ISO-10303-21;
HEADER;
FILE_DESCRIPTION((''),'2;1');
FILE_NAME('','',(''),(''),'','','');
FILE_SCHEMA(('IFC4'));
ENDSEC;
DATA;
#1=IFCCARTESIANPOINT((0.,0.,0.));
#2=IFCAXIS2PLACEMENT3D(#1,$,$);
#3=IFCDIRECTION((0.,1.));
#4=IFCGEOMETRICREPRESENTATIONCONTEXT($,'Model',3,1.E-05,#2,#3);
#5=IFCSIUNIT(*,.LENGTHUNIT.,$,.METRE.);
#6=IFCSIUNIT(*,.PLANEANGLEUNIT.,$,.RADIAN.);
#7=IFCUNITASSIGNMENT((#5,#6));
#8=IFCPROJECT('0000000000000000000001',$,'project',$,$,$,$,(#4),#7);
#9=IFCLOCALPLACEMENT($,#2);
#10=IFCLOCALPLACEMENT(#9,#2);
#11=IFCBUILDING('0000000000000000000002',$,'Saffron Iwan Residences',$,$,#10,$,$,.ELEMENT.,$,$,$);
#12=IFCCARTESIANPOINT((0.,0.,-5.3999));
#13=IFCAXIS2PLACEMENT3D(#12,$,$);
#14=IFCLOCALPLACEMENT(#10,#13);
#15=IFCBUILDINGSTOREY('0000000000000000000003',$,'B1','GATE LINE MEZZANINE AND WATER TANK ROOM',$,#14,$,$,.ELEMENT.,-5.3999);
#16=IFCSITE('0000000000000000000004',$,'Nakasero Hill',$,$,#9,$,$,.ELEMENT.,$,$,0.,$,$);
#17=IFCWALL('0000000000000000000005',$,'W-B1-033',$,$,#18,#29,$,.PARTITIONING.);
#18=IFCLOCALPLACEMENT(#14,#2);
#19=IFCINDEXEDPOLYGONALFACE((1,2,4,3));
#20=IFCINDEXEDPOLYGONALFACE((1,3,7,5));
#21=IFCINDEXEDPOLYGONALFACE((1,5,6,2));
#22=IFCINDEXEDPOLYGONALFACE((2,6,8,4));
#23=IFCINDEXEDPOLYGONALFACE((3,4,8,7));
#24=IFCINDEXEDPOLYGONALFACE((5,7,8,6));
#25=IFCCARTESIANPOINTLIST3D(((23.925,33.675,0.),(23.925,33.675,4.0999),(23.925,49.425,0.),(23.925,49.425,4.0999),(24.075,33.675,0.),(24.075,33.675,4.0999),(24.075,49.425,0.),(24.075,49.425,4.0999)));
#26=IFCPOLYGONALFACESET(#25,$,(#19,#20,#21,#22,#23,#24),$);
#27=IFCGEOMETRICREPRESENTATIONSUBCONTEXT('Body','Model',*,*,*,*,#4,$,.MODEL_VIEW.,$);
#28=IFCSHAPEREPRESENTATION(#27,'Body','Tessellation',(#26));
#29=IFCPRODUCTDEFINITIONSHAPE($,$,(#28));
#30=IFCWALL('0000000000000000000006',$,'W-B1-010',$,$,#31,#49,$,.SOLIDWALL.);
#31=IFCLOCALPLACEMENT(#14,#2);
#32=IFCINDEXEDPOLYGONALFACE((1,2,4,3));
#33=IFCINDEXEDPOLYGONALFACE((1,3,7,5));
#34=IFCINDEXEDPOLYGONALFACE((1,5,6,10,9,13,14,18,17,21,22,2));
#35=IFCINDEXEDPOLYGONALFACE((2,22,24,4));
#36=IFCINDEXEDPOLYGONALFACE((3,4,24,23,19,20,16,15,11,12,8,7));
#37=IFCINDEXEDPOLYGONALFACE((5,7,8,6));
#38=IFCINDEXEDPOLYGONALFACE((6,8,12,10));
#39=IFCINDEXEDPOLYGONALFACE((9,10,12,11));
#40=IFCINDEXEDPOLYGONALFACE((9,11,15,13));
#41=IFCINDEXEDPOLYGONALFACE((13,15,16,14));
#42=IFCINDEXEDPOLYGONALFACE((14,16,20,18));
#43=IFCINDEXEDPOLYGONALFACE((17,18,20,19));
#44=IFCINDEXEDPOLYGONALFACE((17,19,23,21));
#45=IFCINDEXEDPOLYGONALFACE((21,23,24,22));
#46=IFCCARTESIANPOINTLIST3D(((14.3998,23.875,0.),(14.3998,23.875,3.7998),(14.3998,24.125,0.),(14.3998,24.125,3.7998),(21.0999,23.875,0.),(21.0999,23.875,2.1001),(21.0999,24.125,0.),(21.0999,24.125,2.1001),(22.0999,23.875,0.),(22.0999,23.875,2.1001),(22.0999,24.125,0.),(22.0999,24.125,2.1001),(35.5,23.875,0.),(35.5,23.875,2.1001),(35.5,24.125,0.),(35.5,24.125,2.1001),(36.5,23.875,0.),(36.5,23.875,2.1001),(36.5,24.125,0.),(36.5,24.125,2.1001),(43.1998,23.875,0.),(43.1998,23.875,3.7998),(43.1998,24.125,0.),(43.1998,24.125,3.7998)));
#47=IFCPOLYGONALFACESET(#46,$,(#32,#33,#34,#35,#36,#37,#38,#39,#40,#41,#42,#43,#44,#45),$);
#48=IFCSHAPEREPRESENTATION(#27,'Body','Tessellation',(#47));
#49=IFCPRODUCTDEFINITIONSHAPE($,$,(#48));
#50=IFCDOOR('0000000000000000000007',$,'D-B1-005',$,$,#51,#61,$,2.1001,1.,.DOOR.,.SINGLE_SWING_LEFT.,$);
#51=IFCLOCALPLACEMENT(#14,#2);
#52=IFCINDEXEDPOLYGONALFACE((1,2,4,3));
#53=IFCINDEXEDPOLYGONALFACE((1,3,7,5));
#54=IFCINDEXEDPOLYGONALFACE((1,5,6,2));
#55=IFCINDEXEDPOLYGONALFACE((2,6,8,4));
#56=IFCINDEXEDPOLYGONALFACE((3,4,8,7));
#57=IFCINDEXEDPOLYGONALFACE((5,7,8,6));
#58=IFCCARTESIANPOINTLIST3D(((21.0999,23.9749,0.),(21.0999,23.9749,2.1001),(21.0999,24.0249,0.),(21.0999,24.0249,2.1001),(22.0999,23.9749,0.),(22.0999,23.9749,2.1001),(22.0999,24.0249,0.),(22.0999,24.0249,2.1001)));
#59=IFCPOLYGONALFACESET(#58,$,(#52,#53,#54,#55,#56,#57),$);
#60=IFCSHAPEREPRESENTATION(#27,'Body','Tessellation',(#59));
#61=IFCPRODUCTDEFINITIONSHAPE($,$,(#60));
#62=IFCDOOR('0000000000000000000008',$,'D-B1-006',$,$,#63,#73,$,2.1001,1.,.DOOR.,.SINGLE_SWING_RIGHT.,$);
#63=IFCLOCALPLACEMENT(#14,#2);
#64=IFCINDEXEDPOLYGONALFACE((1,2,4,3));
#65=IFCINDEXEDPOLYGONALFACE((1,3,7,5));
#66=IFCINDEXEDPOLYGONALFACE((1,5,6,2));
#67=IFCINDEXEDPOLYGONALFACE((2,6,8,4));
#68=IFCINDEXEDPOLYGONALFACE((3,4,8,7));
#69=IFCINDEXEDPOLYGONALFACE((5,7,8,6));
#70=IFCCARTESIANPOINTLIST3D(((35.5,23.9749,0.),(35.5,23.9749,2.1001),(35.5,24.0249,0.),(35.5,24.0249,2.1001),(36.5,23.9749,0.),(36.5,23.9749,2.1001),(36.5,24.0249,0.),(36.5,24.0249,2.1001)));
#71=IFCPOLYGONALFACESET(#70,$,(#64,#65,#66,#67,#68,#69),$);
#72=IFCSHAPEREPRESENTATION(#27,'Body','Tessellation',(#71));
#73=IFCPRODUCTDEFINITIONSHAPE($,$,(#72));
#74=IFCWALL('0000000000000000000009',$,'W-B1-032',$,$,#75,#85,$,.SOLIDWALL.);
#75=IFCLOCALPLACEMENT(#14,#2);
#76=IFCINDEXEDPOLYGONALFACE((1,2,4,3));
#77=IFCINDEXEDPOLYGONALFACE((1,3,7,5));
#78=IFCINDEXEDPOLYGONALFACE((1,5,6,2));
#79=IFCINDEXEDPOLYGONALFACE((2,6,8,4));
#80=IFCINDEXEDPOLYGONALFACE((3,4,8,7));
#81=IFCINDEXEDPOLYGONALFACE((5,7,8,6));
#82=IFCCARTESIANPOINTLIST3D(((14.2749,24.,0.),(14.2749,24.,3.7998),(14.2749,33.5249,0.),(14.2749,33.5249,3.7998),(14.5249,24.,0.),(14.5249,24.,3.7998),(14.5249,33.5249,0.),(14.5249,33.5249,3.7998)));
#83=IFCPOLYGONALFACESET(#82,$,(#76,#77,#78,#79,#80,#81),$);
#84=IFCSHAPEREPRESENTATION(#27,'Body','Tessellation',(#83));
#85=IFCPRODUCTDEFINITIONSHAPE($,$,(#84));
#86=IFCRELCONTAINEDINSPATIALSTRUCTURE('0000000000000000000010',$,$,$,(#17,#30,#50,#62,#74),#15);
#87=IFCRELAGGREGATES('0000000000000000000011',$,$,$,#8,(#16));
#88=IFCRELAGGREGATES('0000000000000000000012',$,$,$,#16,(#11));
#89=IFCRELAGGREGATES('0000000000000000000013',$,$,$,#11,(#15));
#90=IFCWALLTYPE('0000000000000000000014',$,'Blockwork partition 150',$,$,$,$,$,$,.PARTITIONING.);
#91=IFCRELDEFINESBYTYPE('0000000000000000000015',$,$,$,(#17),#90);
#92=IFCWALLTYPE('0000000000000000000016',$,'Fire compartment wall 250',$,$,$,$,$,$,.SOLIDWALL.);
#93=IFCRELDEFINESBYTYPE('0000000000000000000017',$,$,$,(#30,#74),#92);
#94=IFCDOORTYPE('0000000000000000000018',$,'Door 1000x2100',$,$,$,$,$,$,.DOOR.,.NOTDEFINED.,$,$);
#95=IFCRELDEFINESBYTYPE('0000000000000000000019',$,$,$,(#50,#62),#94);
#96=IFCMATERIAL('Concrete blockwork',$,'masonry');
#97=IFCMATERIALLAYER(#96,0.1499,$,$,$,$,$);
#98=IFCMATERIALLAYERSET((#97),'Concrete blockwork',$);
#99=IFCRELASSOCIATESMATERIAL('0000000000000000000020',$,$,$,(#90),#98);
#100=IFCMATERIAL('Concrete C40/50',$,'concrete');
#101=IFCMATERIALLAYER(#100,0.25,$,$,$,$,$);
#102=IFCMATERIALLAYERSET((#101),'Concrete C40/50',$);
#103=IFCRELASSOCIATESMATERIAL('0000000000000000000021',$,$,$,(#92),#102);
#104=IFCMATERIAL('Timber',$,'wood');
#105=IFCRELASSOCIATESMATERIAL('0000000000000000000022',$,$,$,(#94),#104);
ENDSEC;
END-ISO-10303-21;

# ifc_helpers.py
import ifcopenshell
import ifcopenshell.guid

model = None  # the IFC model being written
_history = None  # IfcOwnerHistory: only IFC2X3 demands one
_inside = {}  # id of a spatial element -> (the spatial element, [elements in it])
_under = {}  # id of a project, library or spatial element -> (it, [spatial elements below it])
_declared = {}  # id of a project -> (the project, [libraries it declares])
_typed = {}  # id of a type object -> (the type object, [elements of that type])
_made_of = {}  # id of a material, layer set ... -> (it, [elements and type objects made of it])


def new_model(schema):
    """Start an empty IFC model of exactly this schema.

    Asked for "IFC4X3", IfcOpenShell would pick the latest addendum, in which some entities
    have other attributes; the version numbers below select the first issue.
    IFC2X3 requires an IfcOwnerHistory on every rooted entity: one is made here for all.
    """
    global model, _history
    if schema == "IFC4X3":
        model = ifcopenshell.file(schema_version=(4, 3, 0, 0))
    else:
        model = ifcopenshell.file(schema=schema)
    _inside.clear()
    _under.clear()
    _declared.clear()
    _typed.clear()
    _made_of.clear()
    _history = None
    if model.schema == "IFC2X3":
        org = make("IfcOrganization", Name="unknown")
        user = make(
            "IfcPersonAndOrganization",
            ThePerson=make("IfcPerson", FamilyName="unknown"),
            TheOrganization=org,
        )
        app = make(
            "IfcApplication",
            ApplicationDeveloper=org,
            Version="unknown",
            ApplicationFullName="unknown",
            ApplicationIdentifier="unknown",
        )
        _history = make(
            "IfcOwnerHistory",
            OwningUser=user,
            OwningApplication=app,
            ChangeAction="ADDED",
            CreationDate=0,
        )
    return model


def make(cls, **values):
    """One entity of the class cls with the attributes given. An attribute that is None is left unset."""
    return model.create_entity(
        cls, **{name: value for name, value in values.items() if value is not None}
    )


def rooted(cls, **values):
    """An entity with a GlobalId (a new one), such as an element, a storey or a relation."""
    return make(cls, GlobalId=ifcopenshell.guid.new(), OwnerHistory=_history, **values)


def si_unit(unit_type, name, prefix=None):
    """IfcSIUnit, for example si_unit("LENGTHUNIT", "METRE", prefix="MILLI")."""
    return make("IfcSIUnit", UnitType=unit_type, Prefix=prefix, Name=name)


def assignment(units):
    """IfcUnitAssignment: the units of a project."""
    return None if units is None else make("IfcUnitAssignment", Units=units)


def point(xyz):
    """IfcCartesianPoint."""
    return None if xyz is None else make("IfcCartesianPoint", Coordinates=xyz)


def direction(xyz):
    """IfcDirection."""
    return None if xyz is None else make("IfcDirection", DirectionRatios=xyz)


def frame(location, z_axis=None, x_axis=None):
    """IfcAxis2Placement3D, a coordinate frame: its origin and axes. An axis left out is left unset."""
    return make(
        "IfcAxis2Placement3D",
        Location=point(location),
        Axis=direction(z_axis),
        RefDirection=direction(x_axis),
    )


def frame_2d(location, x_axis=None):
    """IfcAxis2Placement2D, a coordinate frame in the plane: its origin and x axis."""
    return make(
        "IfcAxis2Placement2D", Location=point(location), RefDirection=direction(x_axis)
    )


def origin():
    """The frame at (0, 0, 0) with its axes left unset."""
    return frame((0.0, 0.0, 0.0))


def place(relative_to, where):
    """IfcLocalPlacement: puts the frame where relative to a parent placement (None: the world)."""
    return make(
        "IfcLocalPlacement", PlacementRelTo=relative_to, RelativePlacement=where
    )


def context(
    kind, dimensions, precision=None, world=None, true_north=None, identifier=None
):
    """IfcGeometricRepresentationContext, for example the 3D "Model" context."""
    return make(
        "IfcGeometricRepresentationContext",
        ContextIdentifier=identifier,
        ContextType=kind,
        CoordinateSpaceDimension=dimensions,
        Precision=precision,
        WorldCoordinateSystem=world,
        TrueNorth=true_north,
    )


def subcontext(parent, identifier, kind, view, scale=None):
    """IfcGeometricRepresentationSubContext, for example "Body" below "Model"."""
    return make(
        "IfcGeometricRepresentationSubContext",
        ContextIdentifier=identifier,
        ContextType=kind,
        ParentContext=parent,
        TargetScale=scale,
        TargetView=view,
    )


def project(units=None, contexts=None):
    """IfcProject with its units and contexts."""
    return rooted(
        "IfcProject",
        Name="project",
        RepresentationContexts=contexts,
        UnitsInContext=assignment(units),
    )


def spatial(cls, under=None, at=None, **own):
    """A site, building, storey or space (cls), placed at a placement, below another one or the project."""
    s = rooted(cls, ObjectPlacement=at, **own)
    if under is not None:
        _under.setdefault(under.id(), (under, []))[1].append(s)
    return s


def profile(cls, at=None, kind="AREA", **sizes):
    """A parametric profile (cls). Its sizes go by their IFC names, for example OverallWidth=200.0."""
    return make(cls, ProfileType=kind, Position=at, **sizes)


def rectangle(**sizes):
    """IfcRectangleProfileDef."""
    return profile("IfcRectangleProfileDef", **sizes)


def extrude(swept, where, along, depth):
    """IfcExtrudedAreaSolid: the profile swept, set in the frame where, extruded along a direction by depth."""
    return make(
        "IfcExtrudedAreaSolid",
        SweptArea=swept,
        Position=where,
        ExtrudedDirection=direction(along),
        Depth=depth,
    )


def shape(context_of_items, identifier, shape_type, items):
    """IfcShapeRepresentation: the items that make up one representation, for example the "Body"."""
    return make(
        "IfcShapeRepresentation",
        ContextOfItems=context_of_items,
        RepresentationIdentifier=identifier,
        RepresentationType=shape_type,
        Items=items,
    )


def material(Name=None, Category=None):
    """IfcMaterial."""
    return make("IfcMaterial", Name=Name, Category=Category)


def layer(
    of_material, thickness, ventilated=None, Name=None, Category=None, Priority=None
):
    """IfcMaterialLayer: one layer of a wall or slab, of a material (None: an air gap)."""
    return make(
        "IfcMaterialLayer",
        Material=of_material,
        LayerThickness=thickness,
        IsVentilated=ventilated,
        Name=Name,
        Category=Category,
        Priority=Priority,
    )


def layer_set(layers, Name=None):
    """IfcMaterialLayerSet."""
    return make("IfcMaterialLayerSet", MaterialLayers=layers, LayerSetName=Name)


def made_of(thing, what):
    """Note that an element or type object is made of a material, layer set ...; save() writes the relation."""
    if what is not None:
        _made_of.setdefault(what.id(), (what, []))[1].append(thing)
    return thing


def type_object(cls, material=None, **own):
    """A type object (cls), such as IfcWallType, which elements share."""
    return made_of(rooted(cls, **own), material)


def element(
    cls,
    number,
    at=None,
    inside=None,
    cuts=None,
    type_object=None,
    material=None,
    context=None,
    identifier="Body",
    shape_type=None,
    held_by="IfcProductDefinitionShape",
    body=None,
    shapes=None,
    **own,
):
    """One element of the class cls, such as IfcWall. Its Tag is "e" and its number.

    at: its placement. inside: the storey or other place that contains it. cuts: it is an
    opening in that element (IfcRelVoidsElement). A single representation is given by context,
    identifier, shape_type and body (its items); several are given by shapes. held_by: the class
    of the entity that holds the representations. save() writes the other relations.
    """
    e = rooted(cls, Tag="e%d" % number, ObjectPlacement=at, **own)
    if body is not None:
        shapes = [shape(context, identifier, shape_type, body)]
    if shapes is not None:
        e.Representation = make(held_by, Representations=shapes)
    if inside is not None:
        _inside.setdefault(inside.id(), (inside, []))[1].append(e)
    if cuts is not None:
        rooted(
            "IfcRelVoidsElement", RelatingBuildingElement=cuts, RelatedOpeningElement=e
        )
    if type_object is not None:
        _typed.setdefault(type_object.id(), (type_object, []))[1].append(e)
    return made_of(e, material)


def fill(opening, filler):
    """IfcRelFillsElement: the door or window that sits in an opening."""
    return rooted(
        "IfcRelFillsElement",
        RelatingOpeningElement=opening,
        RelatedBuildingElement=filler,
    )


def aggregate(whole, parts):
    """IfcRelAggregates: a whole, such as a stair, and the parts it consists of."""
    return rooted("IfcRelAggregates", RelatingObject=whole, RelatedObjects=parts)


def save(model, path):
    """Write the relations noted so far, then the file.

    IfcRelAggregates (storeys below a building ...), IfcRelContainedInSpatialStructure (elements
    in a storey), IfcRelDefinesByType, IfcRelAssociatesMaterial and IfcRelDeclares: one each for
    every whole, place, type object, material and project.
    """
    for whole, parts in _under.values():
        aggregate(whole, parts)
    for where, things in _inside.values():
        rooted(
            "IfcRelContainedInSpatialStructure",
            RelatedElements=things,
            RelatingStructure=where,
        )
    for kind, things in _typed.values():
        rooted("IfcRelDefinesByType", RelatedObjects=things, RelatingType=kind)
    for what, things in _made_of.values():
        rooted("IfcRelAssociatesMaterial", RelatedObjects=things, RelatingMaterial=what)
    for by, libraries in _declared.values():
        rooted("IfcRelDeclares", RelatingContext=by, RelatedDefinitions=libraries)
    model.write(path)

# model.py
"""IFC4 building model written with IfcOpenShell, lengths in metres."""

from ifc_helpers import new_model, si_unit, direction, frame, frame_2d, origin, place, context, subcontext, project, spatial, rectangle, extrude, material, layer, layer_set, type_object, element, fill, save


model = new_model("IFC4")

# Units and contexts
model_context = context("Model", 3, precision=1e-05, world=origin(), true_north=direction((0.0, 1.0)))
body_context = subcontext(model_context, "Body", "Model", "MODEL_VIEW")
ifc_project = project(units=[si_unit("LENGTHUNIT", "METRE"), si_unit("PLANEANGLEUNIT", "RADIAN")], contexts=[model_context])

# Site, building, storey
site_placement = place(None, origin())
site = spatial("IfcSite", under=ifc_project, at=site_placement, Name="Nakasero Hill", CompositionType="ELEMENT", RefElevation=0.0)
building_placement = place(site_placement, origin())
building = spatial("IfcBuilding", under=site, at=building_placement, Name="Saffron Iwan Residences", CompositionType="ELEMENT")
storey_placement = place(building_placement, frame((0.0, 0.0, -5.3999)))
storey = spatial("IfcBuildingStorey", under=building, at=storey_placement, Name="B1", Description="GATE LINE MEZZANINE AND WATER TANK ROOM", CompositionType="ELEMENT", Elevation=-5.3999)

# Shared definitions
ifc_material_1 = material(Name="Concrete C40/50", Category="concrete")

# Wall
ifc_material_2 = material(Name="Concrete blockwork", Category="masonry")
ifc_layer_1 = layer(ifc_material_2, 0.1499)
ifc_layer_set_1 = layer_set([ifc_layer_1], Name="Concrete blockwork")
wall_type_1 = type_object("IfcWallType", Name="Blockwork partition 150", PredefinedType="PARTITIONING", material=ifc_layer_set_1)
wall_1_placement = place(storey_placement, frame((24.0, 33.675, 0.0), z_axis=(0.0, 0.0, 1.0), x_axis=(0.0, 1.0, 0.0)))
element("IfcWall", 1, at=wall_1_placement, inside=storey, type_object=wall_type_1, Name="W-B1-033", PredefinedType="PARTITIONING", context=body_context, shape_type="SweptSolid", body=[
    extrude(rectangle(XDim=15.75, YDim=0.1499, at=frame_2d((7.875, 0.0))), origin(), (0.0, 0.0, 1.0), 4.0999),
])

# Wall, openings, doors
ifc_layer_2 = layer(ifc_material_1, 0.25)
ifc_layer_set_2 = layer_set([ifc_layer_2], Name="Concrete C40/50")
wall_type_2 = type_object("IfcWallType", Name="Fire compartment wall 250", PredefinedType="SOLIDWALL", material=ifc_layer_set_2)
wall_2_placement = place(storey_placement, frame((14.3999, 24.0, 0.0), z_axis=(0.0, 0.0, 1.0), x_axis=(1.0, 0.0, 0.0)))
wall_2 = element("IfcWall", 2, at=wall_2_placement, inside=storey, type_object=wall_type_2, Name="W-B1-010", PredefinedType="SOLIDWALL", context=body_context, shape_type="SweptSolid", body=[
    extrude(rectangle(XDim=28.8, YDim=0.25, at=frame_2d((14.3999, 0.0))), origin(), (0.0, 0.0, 1.0), 3.7998),
])
opening_1_placement = place(wall_2_placement, frame((6.7, 0.0, 0.0)))
opening_1 = element("IfcOpeningElement", 3, at=opening_1_placement, cuts=wall_2, PredefinedType="OPENING", context=body_context, shape_type="SweptSolid", body=[
    extrude(rectangle(XDim=1.0, YDim=2.1001, at=frame_2d((0.5, 1.05))), frame((0.0, 0.135, 0.0), z_axis=(0.0, -1.0, 0.0), x_axis=(1.0, 0.0, 0.0)), (0.0, 0.0, 1.0), 0.27),
])
opening_2_placement = place(wall_2_placement, frame((21.1001, 0.0, 0.0)))
opening_2 = element("IfcOpeningElement", 4, at=opening_2_placement, cuts=wall_2, PredefinedType="OPENING", context=body_context, shape_type="SweptSolid", body=[
    extrude(rectangle(XDim=1.0, YDim=2.1001, at=frame_2d((0.5, 1.05))), frame((0.0, 0.135, 0.0), z_axis=(0.0, -1.0, 0.0), x_axis=(1.0, 0.0, 0.0)), (0.0, 0.0, 1.0), 0.27),
])
ifc_material_3 = material(Name="Timber", Category="wood")
door_type = type_object("IfcDoorType", Name="Door 1000x2100", OperationType="NOTDEFINED", PredefinedType="DOOR", material=ifc_material_3)
door_1_placement = place(opening_1_placement, origin())
door_1 = element("IfcDoor", 5, at=door_1_placement, inside=storey, type_object=door_type, Name="D-B1-005", OperationType="SINGLE_SWING_LEFT", OverallHeight=2.1001, OverallWidth=1.0, PredefinedType="DOOR", context=body_context, shape_type="SweptSolid", body=[
    extrude(rectangle(XDim=1.0, YDim=2.1001, at=frame_2d((0.5, 1.05))), frame((0.0, 0.0249, 0.0), z_axis=(0.0, -1.0, 0.0), x_axis=(1.0, 0.0, 0.0)), (0.0, 0.0, 1.0), 0.05),
])
fill(opening_1, door_1)
door_2_placement = place(opening_2_placement, origin())
door_2 = element("IfcDoor", 6, at=door_2_placement, inside=storey, type_object=door_type, Name="D-B1-006", OperationType="SINGLE_SWING_RIGHT", OverallHeight=2.1001, OverallWidth=1.0, PredefinedType="DOOR", context=body_context, shape_type="SweptSolid", body=[
    extrude(rectangle(XDim=1.0, YDim=2.1001, at=frame_2d((0.5, 1.05))), frame((0.0, 0.0249, 0.0), z_axis=(0.0, -1.0, 0.0), x_axis=(1.0, 0.0, 0.0)), (0.0, 0.0, 1.0), 0.05),
])
fill(opening_2, door_2)

# Wall
wall_3_placement = place(storey_placement, frame((14.3999, 24.0, 0.0), z_axis=(0.0, 0.0, 1.0), x_axis=(0.0, 1.0, 0.0)))
element("IfcWall", 7, at=wall_3_placement, inside=storey, type_object=wall_type_2, Name="W-B1-032", PredefinedType="SOLIDWALL", context=body_context, shape_type="SweptSolid", body=[
    extrude(rectangle(XDim=9.5249, YDim=0.25, at=frame_2d((4.7625, 0.0))), origin(), (0.0, 0.0, 1.0), 3.7998),
])

save(model, "model.ifc")
